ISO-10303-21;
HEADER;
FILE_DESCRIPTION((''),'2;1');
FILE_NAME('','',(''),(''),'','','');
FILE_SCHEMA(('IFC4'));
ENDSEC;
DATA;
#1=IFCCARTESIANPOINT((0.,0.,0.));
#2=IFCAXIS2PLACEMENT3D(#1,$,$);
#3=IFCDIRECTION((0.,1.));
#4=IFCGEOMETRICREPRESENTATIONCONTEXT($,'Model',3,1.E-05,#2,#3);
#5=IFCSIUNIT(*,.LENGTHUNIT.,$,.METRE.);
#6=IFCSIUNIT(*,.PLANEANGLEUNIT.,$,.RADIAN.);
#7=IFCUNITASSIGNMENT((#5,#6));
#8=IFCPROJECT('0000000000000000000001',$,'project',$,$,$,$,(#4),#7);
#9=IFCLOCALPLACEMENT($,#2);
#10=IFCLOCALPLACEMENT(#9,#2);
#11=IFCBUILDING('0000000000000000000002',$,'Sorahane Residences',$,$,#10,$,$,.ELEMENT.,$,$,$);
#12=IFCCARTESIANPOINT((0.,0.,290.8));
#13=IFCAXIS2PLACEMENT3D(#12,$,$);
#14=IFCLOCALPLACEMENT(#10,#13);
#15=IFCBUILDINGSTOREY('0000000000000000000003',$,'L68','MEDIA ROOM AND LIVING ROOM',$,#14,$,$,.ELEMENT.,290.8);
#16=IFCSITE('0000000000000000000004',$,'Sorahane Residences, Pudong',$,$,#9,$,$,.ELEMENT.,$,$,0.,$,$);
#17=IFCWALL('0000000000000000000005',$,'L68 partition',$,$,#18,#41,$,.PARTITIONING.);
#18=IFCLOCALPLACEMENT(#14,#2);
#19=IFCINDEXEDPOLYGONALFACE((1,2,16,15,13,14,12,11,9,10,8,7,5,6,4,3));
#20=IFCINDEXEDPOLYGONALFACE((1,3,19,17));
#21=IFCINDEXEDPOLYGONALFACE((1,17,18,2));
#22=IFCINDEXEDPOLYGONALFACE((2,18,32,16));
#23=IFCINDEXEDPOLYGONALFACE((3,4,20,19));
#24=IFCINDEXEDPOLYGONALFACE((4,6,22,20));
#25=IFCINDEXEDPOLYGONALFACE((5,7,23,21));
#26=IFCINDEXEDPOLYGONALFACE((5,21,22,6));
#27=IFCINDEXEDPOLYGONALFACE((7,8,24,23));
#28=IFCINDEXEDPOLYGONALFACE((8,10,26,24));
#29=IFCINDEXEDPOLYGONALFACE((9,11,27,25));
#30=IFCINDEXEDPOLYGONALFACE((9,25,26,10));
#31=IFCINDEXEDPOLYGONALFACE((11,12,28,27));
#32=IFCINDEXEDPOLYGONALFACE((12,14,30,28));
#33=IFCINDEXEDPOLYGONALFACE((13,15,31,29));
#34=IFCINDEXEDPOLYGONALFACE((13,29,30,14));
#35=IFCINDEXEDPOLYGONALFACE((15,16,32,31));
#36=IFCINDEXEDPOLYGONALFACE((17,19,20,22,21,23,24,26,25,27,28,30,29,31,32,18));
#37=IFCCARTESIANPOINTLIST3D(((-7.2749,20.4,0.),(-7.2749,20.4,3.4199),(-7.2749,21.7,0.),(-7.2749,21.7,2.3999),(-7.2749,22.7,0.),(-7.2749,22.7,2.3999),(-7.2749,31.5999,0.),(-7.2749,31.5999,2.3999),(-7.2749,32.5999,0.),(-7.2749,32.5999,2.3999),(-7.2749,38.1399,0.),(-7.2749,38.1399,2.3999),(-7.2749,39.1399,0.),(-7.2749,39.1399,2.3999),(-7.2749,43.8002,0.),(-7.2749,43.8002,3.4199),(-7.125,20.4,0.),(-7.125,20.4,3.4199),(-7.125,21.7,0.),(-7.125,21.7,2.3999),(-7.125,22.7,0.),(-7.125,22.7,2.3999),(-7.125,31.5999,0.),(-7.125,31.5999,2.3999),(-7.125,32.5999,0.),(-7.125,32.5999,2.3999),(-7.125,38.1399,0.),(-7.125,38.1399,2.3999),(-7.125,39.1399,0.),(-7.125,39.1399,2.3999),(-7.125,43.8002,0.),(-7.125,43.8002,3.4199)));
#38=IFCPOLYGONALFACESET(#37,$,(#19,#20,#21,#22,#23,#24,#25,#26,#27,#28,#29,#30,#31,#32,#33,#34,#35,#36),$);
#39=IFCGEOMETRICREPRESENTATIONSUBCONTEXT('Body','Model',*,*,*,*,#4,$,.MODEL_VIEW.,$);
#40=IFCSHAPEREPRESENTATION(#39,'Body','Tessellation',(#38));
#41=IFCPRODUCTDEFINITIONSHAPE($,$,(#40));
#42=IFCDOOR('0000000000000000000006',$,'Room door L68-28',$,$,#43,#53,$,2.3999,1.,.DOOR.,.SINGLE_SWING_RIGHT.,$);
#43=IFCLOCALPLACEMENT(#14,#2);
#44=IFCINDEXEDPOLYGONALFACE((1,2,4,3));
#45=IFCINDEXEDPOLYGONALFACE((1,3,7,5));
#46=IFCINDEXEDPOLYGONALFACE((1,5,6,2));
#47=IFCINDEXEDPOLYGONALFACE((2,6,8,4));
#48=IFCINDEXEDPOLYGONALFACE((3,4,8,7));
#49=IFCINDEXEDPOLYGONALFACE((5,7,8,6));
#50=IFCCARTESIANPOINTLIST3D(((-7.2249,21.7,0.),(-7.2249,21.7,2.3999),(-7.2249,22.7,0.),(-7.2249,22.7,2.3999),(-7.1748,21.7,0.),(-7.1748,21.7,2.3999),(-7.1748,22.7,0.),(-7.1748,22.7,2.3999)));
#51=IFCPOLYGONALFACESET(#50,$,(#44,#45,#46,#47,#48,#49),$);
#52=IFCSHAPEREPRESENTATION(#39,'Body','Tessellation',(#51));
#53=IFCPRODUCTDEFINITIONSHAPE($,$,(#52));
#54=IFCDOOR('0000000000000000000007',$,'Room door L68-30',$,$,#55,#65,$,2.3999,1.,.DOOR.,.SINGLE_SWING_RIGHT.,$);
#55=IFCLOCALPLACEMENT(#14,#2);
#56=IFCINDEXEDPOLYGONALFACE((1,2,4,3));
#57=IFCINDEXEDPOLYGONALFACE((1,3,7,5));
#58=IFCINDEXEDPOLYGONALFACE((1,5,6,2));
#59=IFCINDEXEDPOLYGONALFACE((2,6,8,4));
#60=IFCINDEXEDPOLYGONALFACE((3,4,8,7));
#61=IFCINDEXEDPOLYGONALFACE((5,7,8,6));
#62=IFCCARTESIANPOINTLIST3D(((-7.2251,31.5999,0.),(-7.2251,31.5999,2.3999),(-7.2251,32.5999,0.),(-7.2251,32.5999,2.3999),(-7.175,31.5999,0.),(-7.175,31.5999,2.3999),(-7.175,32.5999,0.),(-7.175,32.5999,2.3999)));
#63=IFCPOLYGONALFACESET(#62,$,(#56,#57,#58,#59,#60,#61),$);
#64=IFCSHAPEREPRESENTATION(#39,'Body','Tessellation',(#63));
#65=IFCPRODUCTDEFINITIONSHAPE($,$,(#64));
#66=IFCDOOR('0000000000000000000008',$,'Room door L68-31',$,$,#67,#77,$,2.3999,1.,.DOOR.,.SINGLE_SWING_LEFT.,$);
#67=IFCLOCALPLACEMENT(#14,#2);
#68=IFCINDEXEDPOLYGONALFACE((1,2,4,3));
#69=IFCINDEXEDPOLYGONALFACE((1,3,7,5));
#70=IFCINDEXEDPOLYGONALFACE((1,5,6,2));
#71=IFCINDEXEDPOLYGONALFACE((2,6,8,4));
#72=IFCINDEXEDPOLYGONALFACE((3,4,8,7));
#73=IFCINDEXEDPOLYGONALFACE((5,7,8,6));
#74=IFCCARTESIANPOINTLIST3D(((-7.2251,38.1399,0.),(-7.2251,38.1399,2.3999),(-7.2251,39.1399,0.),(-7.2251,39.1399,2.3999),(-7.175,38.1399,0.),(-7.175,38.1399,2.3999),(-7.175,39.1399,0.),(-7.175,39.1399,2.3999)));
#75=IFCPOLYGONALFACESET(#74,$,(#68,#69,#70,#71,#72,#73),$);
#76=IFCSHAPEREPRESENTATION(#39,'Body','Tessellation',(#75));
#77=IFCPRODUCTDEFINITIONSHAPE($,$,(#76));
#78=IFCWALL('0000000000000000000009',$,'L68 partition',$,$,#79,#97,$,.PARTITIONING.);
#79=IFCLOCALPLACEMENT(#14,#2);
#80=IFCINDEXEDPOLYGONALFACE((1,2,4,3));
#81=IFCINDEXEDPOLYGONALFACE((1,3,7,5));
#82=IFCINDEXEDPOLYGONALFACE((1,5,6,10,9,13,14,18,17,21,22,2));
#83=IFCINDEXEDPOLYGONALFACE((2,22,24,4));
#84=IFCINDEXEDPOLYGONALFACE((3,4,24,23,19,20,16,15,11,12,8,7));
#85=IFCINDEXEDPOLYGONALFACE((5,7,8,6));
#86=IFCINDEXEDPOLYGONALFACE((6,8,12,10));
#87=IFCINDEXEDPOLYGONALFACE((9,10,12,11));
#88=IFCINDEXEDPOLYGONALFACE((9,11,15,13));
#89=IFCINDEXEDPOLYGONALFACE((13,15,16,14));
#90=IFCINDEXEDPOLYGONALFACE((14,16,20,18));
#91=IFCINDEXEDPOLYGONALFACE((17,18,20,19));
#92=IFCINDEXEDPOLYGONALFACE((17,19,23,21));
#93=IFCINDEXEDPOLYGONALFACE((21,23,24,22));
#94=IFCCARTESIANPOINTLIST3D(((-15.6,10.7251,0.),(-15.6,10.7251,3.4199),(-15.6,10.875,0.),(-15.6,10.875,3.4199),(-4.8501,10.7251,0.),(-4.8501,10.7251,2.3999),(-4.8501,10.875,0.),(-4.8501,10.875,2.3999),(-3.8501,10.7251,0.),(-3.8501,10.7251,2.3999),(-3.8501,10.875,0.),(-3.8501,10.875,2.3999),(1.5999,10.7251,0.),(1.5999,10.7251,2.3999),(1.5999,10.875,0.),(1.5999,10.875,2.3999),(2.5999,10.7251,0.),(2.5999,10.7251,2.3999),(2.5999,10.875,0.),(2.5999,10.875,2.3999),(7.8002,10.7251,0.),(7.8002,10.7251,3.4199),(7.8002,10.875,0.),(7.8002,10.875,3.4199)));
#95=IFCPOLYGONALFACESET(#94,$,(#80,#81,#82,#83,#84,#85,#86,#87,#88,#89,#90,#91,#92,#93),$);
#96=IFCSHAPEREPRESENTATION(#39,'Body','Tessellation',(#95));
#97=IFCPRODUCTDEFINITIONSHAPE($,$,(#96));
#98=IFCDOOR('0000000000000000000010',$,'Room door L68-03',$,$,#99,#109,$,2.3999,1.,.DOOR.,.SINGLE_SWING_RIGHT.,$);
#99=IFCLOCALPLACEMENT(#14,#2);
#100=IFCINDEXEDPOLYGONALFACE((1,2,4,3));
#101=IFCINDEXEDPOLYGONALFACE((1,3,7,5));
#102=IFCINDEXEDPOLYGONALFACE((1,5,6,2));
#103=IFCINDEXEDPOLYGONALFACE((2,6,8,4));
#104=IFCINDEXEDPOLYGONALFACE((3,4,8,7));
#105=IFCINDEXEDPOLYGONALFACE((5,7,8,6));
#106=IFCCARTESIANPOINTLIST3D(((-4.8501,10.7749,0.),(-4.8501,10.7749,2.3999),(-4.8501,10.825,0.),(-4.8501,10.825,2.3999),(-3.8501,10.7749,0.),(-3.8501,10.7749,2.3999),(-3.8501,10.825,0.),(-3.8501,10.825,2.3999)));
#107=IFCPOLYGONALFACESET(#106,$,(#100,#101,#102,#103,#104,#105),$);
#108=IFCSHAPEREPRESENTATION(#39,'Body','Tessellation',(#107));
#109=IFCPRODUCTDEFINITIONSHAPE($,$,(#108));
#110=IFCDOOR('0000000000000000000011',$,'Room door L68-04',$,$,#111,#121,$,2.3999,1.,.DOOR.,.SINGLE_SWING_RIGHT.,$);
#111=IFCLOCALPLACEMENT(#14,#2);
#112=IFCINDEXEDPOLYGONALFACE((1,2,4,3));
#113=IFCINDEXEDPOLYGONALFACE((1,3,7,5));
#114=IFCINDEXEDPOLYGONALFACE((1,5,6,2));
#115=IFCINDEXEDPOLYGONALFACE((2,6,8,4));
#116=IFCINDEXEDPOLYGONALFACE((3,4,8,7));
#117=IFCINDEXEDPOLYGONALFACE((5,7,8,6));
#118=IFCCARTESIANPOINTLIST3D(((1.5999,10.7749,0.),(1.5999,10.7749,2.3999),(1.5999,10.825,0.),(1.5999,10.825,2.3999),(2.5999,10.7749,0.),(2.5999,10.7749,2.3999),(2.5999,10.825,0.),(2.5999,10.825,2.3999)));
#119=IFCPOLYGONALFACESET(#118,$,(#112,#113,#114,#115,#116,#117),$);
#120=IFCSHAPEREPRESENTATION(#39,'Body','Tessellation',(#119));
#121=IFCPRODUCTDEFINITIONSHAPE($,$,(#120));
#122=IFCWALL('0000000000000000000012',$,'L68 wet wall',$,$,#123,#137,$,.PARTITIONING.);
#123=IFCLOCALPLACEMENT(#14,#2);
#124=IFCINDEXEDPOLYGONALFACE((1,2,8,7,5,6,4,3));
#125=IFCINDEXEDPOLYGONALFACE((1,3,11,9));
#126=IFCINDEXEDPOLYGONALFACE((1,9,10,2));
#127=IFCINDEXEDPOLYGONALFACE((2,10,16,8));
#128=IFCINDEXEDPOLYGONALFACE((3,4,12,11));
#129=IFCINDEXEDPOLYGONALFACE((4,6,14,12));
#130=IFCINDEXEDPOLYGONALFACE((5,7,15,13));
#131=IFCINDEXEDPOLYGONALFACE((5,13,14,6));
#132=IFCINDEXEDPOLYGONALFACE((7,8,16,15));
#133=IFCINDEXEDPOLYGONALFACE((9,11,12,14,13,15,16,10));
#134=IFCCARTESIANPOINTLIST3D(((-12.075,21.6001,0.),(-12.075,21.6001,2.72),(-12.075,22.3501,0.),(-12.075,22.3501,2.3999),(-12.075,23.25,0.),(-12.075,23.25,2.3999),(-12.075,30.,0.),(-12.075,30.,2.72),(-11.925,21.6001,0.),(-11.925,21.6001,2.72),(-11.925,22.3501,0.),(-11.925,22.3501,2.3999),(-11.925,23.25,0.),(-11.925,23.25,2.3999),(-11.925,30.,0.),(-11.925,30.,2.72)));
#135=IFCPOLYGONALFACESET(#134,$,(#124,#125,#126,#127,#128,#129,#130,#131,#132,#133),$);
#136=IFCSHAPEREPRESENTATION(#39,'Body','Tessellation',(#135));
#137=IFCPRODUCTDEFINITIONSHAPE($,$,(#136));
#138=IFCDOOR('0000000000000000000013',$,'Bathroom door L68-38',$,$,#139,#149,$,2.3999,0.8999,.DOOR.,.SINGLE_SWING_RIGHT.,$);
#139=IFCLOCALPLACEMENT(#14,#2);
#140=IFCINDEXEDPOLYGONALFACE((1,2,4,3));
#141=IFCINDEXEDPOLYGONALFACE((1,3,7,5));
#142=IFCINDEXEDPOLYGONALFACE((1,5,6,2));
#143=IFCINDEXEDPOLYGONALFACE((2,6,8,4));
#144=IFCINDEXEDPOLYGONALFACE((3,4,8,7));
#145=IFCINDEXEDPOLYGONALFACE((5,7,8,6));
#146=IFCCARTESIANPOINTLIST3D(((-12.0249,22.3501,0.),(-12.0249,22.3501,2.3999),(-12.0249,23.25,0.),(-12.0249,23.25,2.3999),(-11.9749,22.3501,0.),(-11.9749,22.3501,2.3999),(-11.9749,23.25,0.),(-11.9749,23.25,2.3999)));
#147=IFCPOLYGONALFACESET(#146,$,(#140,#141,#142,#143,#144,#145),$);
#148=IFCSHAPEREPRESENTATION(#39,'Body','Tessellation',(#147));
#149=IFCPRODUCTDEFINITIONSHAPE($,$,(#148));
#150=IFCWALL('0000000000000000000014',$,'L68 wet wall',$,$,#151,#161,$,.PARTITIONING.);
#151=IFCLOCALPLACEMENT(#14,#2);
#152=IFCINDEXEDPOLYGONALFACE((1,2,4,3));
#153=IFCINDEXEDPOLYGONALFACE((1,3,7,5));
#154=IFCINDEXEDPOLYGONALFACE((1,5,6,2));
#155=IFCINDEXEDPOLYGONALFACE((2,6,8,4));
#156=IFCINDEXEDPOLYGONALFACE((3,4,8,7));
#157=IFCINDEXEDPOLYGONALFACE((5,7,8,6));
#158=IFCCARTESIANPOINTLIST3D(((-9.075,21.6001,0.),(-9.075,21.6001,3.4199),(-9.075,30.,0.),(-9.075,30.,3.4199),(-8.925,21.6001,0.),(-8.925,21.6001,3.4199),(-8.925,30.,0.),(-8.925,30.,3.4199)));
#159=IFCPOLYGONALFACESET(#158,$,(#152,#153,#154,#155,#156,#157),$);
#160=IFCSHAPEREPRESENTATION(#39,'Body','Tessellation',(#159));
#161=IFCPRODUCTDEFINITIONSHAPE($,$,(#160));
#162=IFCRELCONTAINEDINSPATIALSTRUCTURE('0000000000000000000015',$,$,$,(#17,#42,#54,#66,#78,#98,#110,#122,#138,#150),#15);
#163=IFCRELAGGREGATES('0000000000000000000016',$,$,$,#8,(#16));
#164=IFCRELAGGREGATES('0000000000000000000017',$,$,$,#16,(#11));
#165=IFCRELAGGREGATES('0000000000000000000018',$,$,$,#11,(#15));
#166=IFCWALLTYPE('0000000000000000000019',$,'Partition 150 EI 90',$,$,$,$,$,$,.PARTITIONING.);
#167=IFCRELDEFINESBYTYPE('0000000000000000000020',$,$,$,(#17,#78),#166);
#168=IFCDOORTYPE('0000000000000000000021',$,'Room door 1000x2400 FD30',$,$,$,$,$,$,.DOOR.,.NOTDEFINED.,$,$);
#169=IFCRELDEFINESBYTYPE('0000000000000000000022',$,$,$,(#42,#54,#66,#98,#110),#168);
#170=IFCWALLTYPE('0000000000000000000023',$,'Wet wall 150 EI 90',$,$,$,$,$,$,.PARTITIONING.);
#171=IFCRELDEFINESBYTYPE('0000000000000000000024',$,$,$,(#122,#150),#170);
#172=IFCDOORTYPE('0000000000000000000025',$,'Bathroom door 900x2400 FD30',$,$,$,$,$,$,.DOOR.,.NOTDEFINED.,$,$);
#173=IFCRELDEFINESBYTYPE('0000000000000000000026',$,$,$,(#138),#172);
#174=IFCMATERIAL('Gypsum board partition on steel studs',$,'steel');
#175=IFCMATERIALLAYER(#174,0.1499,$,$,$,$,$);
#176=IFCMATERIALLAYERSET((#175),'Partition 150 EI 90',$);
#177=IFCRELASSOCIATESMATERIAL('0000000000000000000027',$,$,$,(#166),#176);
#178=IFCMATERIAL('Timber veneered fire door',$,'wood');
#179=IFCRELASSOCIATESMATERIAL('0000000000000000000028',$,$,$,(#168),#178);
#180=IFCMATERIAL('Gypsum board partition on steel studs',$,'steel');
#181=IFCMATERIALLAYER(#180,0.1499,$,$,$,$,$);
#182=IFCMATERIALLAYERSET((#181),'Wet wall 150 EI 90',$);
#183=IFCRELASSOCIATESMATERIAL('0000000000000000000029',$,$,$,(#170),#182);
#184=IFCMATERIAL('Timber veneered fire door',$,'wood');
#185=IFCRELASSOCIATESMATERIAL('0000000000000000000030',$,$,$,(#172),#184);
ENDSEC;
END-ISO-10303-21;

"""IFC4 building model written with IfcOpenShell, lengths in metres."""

from ifc_helpers import new_model, si_unit, direction, frame, frame_2d, origin, place, context, subcontext, project, spatial, rectangle, extrude, material, layer, layer_set, type_object, element, fill, save


model = new_model("IFC4")

# Units and contexts
model_context = context("Model", 3, precision=1e-05, world=origin(), true_north=direction((0.0, 1.0)))
body_context = subcontext(model_context, "Body", "Model", "MODEL_VIEW")
ifc_project = project(units=[si_unit("LENGTHUNIT", "METRE"), si_unit("PLANEANGLEUNIT", "RADIAN")], contexts=[model_context])

# Site, building, storey
site_placement = place(None, origin())
site = spatial("IfcSite", under=ifc_project, at=site_placement, Name="Sorahane Residences, Pudong", CompositionType="ELEMENT", RefElevation=0.0)
building_placement = place(site_placement, origin())
building = spatial("IfcBuilding", under=site, at=building_placement, Name="Sorahane Residences", CompositionType="ELEMENT")
storey_placement = place(building_placement, frame((0.0, 0.0, 290.8)))
storey = spatial("IfcBuildingStorey", under=building, at=storey_placement, Name="L68", Description="MEDIA ROOM AND LIVING ROOM", CompositionType="ELEMENT", Elevation=290.8)

# Shared definitions
ifc_material_1 = material(Name="Gypsum board partition on steel studs", Category="steel")
ifc_layer_1 = layer(ifc_material_1, 0.1499)
ifc_layer_set_1 = layer_set([ifc_layer_1], Name="Partition 150 EI 90")
wall_type_1 = type_object("IfcWallType", Name="Partition 150 EI 90", PredefinedType="PARTITIONING", material=ifc_layer_set_1)
ifc_material_2 = material(Name="Timber veneered fire door", Category="wood")
door_type_1 = type_object("IfcDoorType", Name="Room door 1000x2400 FD30", OperationType="NOTDEFINED", PredefinedType="DOOR", material=ifc_material_2)

# Wall, openings, doors
wall_1_placement = place(storey_placement, frame((-7.2, 20.3999, 0.0), z_axis=(0.0, 0.0, 1.0), x_axis=(0.0, 1.0, 0.0)))
wall_1 = element("IfcWall", 1, at=wall_1_placement, inside=storey, type_object=wall_type_1, Name="L68 partition", PredefinedType="PARTITIONING", context=body_context, shape_type="SweptSolid", body=[
    extrude(rectangle(XDim=23.4001, YDim=0.1499, at=frame_2d((11.7002, 0.0))), origin(), (0.0, 0.0, 1.0), 3.4199),
])
opening_1_placement = place(wall_1_placement, frame((1.3, 0.0, 0.0)))
opening_1 = element("IfcOpeningElement", 2, at=opening_1_placement, cuts=wall_1, PredefinedType="OPENING", context=body_context, shape_type="SweptSolid", body=[
    extrude(rectangle(XDim=1.0, YDim=2.3999, at=frame_2d((0.5, 1.2))), frame((0.0, 0.085, 0.0), z_axis=(0.0, -1.0, 0.0), x_axis=(1.0, 0.0, 0.0)), (0.0, 0.0, 1.0), 0.1699),
])
opening_2_placement = place(wall_1_placement, frame((11.2, 0.0, 0.0)))
opening_2 = element("IfcOpeningElement", 3, at=opening_2_placement, cuts=wall_1, PredefinedType="OPENING", context=body_context, shape_type="SweptSolid", body=[
    extrude(rectangle(XDim=1.0, YDim=2.3999, at=frame_2d((0.5, 1.2))), frame((0.0, 0.085, 0.0), z_axis=(0.0, -1.0, 0.0), x_axis=(1.0, 0.0, 0.0)), (0.0, 0.0, 1.0), 0.1699),
])
opening_3_placement = place(wall_1_placement, frame((17.74, 0.0, 0.0)))
opening_3 = element("IfcOpeningElement", 4, at=opening_3_placement, cuts=wall_1, PredefinedType="OPENING", context=body_context, shape_type="SweptSolid", body=[
    extrude(rectangle(XDim=1.0, YDim=2.3999, at=frame_2d((0.5, 1.2))), frame((0.0, 0.085, 0.0), z_axis=(0.0, -1.0, 0.0), x_axis=(1.0, 0.0, 0.0)), (0.0, 0.0, 1.0), 0.1699),
])
door_1_placement = place(opening_1_placement, origin())
door_1 = element("IfcDoor", 5, at=door_1_placement, inside=storey, type_object=door_type_1, Name="Room door L68-28", OperationType="SINGLE_SWING_RIGHT", OverallHeight=2.3999, OverallWidth=1.0, PredefinedType="DOOR", context=body_context, shape_type="SweptSolid", body=[
    extrude(rectangle(XDim=1.0, YDim=2.3999, at=frame_2d((0.5, 1.2))), frame((0.0, 0.0249, 0.0), z_axis=(0.0, -1.0, 0.0), x_axis=(1.0, 0.0, 0.0)), (0.0, 0.0, 1.0), 0.05),
])
fill(opening_1, door_1)
door_2_placement = place(opening_2_placement, frame((1.0, 0.0, 0.0), z_axis=(0.0, 0.0, 1.0), x_axis=(-1.0, 0.0, 0.0)))
door_2 = element("IfcDoor", 6, at=door_2_placement, inside=storey, type_object=door_type_1, Name="Room door L68-30", OperationType="SINGLE_SWING_RIGHT", OverallHeight=2.3999, OverallWidth=1.0, PredefinedType="DOOR", context=body_context, shape_type="SweptSolid", body=[
    extrude(rectangle(XDim=1.0, YDim=2.3999, at=frame_2d((0.5, 1.2))), frame((0.0, 0.0249, 0.0), z_axis=(0.0, -1.0, 0.0), x_axis=(1.0, 0.0, 0.0)), (0.0, 0.0, 1.0), 0.05),
])
fill(opening_2, door_2)
door_3_placement = place(opening_3_placement, frame((1.0, 0.0, 0.0), z_axis=(0.0, 0.0, 1.0), x_axis=(-1.0, 0.0, 0.0)))
door_3 = element("IfcDoor", 7, at=door_3_placement, inside=storey, type_object=door_type_1, Name="Room door L68-31", OperationType="SINGLE_SWING_LEFT", OverallHeight=2.3999, OverallWidth=1.0, PredefinedType="DOOR", context=body_context, shape_type="SweptSolid", body=[
    extrude(rectangle(XDim=1.0, YDim=2.3999, at=frame_2d((0.5, 1.2))), frame((0.0, 0.0249, 0.0), z_axis=(0.0, -1.0, 0.0), x_axis=(1.0, 0.0, 0.0)), (0.0, 0.0, 1.0), 0.05),
])
fill(opening_3, door_3)

# Wall, openings, doors
wall_2_placement = place(storey_placement, frame((-15.6001, 10.8, 0.0), z_axis=(0.0, 0.0, 1.0), x_axis=(1.0, 0.0, 0.0)))
wall_2 = element("IfcWall", 8, at=wall_2_placement, inside=storey, type_object=wall_type_1, Name="L68 partition", PredefinedType="PARTITIONING", context=body_context, shape_type="SweptSolid", body=[
    extrude(rectangle(XDim=23.4001, YDim=0.1499, at=frame_2d((11.7002, 0.0))), origin(), (0.0, 0.0, 1.0), 3.4199),
])
opening_4_placement = place(wall_2_placement, frame((10.75, 0.0, 0.0)))
opening_4 = element("IfcOpeningElement", 9, at=opening_4_placement, cuts=wall_2, PredefinedType="OPENING", context=body_context, shape_type="SweptSolid", body=[
    extrude(rectangle(XDim=1.0, YDim=2.3999, at=frame_2d((0.5, 1.2))), frame((0.0, 0.085, 0.0), z_axis=(0.0, -1.0, 0.0), x_axis=(1.0, 0.0, 0.0)), (0.0, 0.0, 1.0), 0.1699),
])
opening_5_placement = place(wall_2_placement, frame((17.2, 0.0, 0.0)))
opening_5 = element("IfcOpeningElement", 10, at=opening_5_placement, cuts=wall_2, PredefinedType="OPENING", context=body_context, shape_type="SweptSolid", body=[
    extrude(rectangle(XDim=1.0, YDim=2.3999, at=frame_2d((0.5, 1.2))), frame((0.0, 0.085, 0.0), z_axis=(0.0, -1.0, 0.0), x_axis=(1.0, 0.0, 0.0)), (0.0, 0.0, 1.0), 0.1699),
])
door_4_placement = place(opening_4_placement, origin())
door_4 = element("IfcDoor", 11, at=door_4_placement, inside=storey, type_object=door_type_1, Name="Room door L68-03", OperationType="SINGLE_SWING_RIGHT", OverallHeight=2.3999, OverallWidth=1.0, PredefinedType="DOOR", context=body_context, shape_type="SweptSolid", body=[
    extrude(rectangle(XDim=1.0, YDim=2.3999, at=frame_2d((0.5, 1.2))), frame((0.0, 0.0249, 0.0), z_axis=(0.0, -1.0, 0.0), x_axis=(1.0, 0.0, 0.0)), (0.0, 0.0, 1.0), 0.05),
])
fill(opening_4, door_4)
door_5_placement = place(opening_5_placement, origin())
door_5 = element("IfcDoor", 12, at=door_5_placement, inside=storey, type_object=door_type_1, Name="Room door L68-04", OperationType="SINGLE_SWING_RIGHT", OverallHeight=2.3999, OverallWidth=1.0, PredefinedType="DOOR", context=body_context, shape_type="SweptSolid", body=[
    extrude(rectangle(XDim=1.0, YDim=2.3999, at=frame_2d((0.5, 1.2))), frame((0.0, 0.0249, 0.0), z_axis=(0.0, -1.0, 0.0), x_axis=(1.0, 0.0, 0.0)), (0.0, 0.0, 1.0), 0.05),
])
fill(opening_5, door_5)

# Wall, opening, door
ifc_material_3 = material(Name="Gypsum board partition on steel studs", Category="steel")
ifc_layer_2 = layer(ifc_material_3, 0.1499)
ifc_layer_set_2 = layer_set([ifc_layer_2], Name="Wet wall 150 EI 90")
wall_type_2 = type_object("IfcWallType", Name="Wet wall 150 EI 90", PredefinedType="PARTITIONING", material=ifc_layer_set_2)
wall_3_placement = place(storey_placement, frame((-12.0, 21.6001, 0.0), z_axis=(0.0, 0.0, 1.0), x_axis=(0.0, 1.0, 0.0)))
wall_3 = element("IfcWall", 13, at=wall_3_placement, inside=storey, type_object=wall_type_2, Name="L68 wet wall", PredefinedType="PARTITIONING", context=body_context, shape_type="SweptSolid", body=[
    extrude(rectangle(XDim=8.3999, YDim=0.1499, at=frame_2d((4.2, 0.0))), origin(), (0.0, 0.0, 1.0), 2.72),
])
opening_6_placement = place(wall_3_placement, frame((0.75, 0.0, 0.0)))
opening_6 = element("IfcOpeningElement", 14, at=opening_6_placement, cuts=wall_3, PredefinedType="OPENING", context=body_context, shape_type="SweptSolid", body=[
    extrude(rectangle(XDim=0.8999, YDim=2.3999, at=frame_2d((0.45, 1.2))), frame((0.0, 0.085, 0.0), z_axis=(0.0, -1.0, 0.0), x_axis=(1.0, 0.0, 0.0)), (0.0, 0.0, 1.0), 0.1699),
])
ifc_material_4 = material(Name="Timber veneered fire door", Category="wood")
door_type_2 = type_object("IfcDoorType", Name="Bathroom door 900x2400 FD30", OperationType="NOTDEFINED", PredefinedType="DOOR", material=ifc_material_4)
door_6_placement = place(opening_6_placement, origin())
door_6 = element("IfcDoor", 15, at=door_6_placement, inside=storey, type_object=door_type_2, Name="Bathroom door L68-38", OperationType="SINGLE_SWING_RIGHT", OverallHeight=2.3999, OverallWidth=0.8999, PredefinedType="DOOR", context=body_context, shape_type="SweptSolid", body=[
    extrude(rectangle(XDim=0.8999, YDim=2.3999, at=frame_2d((0.45, 1.2))), frame((0.0, 0.0249, 0.0), z_axis=(0.0, -1.0, 0.0), x_axis=(1.0, 0.0, 0.0)), (0.0, 0.0, 1.0), 0.05),
])
fill(opening_6, door_6)

# Wall
wall_4_placement = place(storey_placement, frame((-9.0, 21.6001, 0.0), z_axis=(0.0, 0.0, 1.0), x_axis=(0.0, 1.0, 0.0)))
element("IfcWall", 16, at=wall_4_placement, inside=storey, type_object=wall_type_2, Name="L68 wet wall", PredefinedType="PARTITIONING", context=body_context, shape_type="SweptSolid", body=[
    extrude(rectangle(XDim=8.3999, YDim=0.1499, at=frame_2d((4.2, 0.0))), origin(), (0.0, 0.0, 1.0), 3.4199),
])

save(model, "model.ifc")
